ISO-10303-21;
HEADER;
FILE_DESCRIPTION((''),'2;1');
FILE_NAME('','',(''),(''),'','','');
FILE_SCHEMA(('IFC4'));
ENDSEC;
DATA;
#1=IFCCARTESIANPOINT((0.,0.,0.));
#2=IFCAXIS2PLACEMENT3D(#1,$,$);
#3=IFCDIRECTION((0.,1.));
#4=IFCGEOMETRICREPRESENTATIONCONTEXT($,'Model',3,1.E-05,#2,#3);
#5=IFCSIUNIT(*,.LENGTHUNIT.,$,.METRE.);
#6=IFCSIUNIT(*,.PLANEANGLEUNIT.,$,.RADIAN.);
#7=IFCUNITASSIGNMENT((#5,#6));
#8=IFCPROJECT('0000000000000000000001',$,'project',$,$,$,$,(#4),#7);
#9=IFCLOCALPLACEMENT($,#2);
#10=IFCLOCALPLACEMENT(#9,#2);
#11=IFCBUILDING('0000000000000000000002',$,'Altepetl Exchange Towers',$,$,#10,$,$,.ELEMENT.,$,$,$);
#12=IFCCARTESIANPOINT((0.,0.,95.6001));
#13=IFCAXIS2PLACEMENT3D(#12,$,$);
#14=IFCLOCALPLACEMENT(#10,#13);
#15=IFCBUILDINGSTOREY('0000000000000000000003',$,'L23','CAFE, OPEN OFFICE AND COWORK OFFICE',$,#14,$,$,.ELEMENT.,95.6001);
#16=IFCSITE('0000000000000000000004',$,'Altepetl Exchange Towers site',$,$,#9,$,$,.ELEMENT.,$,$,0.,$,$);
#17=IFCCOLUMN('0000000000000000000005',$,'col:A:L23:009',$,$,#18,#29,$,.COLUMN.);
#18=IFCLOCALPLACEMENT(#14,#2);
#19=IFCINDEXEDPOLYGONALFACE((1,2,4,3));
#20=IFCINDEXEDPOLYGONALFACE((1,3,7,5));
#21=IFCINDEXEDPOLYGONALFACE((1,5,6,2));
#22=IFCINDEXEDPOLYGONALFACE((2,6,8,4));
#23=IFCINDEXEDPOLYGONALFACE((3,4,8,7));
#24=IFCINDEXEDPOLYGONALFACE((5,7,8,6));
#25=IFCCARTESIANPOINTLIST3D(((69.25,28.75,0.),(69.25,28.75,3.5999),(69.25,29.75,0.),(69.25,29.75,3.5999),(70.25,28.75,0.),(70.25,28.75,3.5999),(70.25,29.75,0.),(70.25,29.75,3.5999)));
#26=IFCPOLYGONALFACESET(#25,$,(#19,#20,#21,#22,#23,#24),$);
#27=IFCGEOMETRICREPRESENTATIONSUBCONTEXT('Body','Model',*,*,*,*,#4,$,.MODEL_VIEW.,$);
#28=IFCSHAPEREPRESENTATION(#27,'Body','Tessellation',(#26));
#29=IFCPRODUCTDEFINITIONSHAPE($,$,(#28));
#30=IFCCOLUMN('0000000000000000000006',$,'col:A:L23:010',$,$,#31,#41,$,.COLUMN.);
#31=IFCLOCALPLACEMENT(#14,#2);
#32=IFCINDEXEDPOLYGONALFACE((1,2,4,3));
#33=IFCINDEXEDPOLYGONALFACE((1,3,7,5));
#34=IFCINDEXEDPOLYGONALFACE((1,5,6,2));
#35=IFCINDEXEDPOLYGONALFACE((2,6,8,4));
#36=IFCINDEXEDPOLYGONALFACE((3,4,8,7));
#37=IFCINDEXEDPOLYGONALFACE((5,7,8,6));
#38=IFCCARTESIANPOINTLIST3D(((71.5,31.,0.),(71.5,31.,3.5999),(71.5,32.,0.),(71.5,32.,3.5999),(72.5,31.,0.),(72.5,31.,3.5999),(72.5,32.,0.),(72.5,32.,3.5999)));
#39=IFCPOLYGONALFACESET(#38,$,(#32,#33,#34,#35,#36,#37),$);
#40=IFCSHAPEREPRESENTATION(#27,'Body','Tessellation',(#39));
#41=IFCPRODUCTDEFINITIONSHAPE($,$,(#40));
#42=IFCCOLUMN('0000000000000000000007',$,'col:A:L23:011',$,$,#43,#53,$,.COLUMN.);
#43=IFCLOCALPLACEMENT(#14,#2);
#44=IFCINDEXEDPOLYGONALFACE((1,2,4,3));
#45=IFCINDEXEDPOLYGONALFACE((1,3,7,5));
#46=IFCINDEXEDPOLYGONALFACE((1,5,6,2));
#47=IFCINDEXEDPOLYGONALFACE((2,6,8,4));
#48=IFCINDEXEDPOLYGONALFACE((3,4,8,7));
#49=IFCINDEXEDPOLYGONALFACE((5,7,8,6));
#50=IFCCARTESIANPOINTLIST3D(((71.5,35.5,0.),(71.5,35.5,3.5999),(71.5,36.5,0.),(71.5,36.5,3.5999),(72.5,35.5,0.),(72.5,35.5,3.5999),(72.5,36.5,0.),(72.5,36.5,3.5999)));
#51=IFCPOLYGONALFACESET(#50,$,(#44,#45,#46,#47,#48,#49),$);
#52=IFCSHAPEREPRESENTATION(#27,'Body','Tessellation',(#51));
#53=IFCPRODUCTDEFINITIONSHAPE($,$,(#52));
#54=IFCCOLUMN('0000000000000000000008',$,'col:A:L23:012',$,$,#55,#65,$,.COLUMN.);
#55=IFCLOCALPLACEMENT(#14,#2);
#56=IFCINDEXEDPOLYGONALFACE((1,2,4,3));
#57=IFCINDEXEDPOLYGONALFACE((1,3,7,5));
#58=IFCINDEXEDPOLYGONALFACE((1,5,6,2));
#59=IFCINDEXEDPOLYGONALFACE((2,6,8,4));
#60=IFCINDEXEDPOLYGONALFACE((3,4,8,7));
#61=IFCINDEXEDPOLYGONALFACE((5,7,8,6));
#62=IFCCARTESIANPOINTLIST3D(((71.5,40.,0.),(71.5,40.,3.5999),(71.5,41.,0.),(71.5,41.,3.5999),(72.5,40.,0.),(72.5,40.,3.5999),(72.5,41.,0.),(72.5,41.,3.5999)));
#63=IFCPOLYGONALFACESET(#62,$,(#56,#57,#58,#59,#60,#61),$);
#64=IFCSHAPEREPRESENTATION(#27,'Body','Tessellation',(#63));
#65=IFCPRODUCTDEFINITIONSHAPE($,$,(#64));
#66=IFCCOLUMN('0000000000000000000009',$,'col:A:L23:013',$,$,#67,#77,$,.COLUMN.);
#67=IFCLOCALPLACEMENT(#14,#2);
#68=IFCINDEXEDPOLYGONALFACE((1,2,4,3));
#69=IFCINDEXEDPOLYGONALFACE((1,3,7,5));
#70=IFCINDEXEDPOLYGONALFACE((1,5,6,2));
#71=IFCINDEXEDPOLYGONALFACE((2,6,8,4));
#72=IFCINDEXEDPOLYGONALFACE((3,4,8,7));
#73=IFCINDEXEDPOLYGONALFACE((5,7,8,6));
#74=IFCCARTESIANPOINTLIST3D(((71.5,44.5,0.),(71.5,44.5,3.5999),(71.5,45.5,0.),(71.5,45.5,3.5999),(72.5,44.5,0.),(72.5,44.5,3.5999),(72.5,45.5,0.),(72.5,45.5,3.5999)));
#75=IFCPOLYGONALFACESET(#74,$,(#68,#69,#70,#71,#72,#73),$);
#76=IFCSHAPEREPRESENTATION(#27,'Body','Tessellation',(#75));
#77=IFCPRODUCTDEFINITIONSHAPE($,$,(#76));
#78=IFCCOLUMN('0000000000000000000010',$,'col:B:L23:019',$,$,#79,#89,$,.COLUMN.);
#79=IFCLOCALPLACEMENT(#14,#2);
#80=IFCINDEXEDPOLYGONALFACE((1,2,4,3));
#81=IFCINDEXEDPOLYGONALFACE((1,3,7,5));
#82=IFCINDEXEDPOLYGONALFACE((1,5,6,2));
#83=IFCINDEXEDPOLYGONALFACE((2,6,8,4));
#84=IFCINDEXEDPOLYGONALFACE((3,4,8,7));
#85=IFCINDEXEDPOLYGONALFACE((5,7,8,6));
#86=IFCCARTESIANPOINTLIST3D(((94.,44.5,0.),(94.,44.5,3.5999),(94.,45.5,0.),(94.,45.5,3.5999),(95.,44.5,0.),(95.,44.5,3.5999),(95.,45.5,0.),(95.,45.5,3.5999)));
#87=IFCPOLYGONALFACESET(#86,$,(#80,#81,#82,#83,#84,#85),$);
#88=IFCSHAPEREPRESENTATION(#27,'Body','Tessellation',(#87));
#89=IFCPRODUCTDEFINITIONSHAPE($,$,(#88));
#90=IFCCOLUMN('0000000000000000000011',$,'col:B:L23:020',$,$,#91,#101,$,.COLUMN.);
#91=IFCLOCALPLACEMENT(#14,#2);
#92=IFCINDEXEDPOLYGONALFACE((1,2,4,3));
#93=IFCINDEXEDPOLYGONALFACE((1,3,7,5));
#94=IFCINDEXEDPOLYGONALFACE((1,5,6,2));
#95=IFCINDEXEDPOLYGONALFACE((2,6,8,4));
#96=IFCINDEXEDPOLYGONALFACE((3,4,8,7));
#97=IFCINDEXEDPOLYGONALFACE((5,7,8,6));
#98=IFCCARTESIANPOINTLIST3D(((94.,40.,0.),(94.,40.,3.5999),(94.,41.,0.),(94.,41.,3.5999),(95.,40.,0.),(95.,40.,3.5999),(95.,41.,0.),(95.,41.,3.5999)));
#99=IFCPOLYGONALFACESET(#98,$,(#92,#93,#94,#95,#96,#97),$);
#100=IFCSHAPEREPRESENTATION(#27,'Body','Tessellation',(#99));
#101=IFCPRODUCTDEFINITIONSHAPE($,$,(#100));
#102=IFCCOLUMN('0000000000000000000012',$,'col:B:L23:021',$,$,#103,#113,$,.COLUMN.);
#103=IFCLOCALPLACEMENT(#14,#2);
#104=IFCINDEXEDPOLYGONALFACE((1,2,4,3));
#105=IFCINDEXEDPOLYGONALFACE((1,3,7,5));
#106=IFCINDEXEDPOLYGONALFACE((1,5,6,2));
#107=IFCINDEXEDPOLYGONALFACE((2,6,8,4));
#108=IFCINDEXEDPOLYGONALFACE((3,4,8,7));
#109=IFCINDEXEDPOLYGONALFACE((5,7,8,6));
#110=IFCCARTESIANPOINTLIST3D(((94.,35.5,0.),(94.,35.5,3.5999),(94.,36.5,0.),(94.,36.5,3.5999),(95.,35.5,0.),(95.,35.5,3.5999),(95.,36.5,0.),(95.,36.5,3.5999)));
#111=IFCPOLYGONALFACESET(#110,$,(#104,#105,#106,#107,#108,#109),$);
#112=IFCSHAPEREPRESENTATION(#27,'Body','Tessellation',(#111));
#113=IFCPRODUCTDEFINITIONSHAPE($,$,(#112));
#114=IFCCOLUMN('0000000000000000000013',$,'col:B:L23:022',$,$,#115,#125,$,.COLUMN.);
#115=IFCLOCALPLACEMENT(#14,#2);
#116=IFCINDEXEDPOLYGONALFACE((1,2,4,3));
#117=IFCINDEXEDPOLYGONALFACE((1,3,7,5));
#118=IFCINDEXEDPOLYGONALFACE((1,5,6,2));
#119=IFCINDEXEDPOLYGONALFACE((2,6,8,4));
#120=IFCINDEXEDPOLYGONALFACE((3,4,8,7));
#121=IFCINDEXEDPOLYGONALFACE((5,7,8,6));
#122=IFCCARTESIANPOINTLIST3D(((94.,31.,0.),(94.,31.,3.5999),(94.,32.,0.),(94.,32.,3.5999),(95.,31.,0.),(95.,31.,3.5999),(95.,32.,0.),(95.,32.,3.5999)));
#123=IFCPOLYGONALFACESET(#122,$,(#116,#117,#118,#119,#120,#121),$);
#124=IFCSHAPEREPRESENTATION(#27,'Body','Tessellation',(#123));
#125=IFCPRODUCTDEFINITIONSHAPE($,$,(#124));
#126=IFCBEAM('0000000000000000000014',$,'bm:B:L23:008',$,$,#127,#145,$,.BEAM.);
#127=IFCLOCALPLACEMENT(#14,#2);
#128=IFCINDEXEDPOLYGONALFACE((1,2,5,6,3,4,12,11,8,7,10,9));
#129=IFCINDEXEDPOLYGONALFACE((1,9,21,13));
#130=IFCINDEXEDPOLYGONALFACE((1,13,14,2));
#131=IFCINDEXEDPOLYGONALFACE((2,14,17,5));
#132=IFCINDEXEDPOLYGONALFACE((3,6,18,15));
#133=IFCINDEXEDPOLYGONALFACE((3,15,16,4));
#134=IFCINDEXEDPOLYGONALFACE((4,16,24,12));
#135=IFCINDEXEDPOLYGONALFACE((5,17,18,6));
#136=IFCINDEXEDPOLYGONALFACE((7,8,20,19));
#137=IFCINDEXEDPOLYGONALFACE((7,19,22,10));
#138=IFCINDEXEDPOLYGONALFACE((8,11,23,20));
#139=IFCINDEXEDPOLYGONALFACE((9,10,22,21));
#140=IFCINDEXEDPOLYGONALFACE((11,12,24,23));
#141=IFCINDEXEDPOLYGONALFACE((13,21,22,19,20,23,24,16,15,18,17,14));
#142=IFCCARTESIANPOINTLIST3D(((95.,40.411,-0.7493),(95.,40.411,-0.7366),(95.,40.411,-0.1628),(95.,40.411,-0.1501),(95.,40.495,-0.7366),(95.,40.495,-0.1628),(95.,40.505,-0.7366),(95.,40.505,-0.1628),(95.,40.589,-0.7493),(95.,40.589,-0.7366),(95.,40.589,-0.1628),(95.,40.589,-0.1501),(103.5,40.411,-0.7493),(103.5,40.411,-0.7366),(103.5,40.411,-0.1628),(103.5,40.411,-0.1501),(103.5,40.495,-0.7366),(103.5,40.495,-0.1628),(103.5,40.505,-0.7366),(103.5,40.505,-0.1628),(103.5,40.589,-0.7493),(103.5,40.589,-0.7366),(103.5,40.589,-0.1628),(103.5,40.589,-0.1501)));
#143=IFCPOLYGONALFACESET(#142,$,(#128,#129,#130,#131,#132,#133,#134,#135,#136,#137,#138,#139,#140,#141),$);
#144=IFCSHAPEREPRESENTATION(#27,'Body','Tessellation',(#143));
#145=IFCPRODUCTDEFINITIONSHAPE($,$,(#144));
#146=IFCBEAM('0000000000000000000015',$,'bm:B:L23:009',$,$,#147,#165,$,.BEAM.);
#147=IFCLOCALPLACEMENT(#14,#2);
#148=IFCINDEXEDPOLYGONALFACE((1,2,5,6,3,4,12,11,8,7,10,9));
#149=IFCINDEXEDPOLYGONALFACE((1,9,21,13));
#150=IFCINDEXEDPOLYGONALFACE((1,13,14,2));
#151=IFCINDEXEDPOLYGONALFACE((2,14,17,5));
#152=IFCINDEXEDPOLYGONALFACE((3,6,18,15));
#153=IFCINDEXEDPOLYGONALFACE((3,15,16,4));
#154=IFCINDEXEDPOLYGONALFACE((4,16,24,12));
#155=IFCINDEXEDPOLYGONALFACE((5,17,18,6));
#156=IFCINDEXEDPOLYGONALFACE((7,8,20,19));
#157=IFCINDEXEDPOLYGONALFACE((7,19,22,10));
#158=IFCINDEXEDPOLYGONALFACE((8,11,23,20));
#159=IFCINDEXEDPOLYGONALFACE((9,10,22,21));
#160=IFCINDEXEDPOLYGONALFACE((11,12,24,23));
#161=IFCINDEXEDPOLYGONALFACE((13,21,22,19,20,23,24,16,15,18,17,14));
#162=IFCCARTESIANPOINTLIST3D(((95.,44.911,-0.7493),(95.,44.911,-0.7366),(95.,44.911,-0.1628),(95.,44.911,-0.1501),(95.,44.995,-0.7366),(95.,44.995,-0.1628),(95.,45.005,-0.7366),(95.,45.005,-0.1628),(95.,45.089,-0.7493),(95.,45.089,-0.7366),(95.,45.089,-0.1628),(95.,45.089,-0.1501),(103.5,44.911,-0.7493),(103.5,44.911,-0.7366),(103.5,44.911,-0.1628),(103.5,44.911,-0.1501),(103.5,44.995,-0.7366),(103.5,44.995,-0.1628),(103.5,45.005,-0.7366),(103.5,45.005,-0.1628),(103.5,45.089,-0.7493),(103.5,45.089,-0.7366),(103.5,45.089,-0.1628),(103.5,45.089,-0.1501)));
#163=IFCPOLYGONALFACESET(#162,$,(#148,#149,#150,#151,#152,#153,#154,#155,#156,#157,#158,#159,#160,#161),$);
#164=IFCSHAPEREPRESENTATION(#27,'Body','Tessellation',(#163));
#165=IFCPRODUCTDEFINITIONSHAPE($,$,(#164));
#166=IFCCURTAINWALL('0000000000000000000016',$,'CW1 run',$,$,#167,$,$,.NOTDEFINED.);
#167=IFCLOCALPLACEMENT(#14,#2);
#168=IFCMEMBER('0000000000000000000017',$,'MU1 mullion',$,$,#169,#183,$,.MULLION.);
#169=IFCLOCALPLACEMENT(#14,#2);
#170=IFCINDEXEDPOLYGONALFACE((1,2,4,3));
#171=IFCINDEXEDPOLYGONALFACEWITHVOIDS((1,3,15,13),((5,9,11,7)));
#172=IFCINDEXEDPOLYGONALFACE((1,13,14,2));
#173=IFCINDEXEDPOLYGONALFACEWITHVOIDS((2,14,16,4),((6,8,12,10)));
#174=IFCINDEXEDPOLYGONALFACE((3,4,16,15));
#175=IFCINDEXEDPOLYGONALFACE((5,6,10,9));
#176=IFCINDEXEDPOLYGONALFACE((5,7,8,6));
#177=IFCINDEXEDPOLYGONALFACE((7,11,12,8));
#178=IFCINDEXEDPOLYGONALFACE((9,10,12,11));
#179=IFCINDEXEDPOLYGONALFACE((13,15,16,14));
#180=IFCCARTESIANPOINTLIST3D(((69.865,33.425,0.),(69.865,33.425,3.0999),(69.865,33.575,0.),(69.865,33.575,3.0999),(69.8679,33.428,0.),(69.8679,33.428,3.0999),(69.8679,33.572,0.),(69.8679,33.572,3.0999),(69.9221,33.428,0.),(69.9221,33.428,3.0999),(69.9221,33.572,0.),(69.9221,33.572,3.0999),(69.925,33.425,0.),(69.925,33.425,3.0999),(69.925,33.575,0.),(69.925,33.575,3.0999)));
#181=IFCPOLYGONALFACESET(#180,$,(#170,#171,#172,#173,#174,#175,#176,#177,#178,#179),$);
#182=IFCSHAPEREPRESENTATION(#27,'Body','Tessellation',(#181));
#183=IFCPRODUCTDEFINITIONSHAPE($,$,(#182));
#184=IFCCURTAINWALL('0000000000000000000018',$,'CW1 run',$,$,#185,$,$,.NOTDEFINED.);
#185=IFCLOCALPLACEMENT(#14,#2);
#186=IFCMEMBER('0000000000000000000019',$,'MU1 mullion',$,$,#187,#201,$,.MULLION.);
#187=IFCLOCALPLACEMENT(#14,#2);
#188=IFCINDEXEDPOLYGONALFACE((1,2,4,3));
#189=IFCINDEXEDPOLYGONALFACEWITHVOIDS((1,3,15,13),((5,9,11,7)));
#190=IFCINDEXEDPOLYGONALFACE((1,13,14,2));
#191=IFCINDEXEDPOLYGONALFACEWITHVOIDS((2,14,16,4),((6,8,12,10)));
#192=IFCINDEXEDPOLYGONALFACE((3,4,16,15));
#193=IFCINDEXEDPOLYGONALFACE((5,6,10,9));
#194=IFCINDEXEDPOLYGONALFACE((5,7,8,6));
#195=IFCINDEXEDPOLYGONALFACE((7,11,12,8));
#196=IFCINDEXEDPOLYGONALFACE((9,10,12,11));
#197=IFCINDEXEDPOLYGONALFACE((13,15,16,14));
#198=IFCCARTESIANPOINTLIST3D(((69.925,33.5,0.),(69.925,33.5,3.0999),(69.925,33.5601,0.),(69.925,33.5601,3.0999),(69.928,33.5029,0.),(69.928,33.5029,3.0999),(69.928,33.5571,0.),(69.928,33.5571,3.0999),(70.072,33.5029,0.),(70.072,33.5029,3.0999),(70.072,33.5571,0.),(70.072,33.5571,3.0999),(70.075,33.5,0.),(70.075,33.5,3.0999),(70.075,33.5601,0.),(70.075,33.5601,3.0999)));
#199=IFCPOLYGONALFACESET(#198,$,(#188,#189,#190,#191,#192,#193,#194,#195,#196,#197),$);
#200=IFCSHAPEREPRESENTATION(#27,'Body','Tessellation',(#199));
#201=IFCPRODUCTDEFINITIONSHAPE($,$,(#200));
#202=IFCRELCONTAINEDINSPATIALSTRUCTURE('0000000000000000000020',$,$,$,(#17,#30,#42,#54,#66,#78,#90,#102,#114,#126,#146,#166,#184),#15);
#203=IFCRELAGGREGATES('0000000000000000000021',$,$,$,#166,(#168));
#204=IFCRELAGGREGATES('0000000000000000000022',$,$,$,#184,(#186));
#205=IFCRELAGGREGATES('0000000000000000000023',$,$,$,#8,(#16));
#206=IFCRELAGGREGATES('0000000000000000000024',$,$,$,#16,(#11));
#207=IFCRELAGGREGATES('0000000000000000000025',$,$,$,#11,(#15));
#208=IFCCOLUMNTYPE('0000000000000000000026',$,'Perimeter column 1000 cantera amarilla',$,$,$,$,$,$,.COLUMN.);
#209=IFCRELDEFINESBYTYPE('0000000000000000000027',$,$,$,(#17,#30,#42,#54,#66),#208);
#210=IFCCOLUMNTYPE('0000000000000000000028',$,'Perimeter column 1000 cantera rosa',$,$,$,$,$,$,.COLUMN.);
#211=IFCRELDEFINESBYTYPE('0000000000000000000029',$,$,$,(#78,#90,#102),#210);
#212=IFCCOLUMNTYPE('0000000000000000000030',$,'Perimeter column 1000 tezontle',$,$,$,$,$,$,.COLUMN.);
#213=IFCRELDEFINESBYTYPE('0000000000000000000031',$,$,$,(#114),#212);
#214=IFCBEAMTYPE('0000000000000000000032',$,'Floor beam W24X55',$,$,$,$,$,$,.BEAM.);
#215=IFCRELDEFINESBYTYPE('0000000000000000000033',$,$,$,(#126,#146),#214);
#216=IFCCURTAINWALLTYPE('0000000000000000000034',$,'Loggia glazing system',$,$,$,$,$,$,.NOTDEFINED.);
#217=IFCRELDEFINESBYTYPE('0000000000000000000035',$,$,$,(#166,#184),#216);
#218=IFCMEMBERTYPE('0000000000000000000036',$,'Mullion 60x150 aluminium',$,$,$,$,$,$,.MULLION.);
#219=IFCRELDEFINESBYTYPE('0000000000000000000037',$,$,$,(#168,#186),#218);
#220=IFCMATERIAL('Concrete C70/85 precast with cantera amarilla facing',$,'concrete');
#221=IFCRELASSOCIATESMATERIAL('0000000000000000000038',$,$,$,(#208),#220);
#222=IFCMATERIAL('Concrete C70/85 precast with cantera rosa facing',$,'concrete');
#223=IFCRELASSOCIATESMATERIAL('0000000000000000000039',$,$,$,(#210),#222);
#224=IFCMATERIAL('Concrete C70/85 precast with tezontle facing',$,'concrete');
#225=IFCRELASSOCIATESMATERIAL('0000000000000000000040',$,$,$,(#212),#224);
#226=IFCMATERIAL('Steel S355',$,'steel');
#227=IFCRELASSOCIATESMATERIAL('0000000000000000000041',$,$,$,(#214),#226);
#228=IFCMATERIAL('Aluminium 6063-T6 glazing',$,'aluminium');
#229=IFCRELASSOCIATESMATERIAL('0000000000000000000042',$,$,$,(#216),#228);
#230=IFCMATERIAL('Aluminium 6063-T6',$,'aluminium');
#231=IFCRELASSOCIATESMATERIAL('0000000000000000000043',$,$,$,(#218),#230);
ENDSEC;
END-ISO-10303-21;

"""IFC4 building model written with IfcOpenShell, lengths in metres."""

from ifc_helpers import new_model, si_unit, direction, frame, origin, origin_2d, place, context, subcontext, project, spatial, rectangle, hollow_rectangle, i_section, extrude, material, material_profile, profile_set, type_object, element, aggregate, save


model = new_model("IFC4")

# Units and contexts
model_context = context("Model", 3, precision=1e-05, world=origin(), true_north=direction((0.0, 1.0)))
body_context = subcontext(model_context, "Body", "Model", "MODEL_VIEW")
ifc_project = project(units=[si_unit("LENGTHUNIT", "METRE"), si_unit("PLANEANGLEUNIT", "RADIAN")], contexts=[model_context])

# Site, building, storey
site_placement = place(None, origin())
site = spatial("IfcSite", under=ifc_project, at=site_placement, Name="Altepetl Exchange Towers site", CompositionType="ELEMENT", RefElevation=0.0)
building_placement = place(site_placement, origin())
building = spatial("IfcBuilding", under=site, at=building_placement, Name="Altepetl Exchange Towers", CompositionType="ELEMENT")
storey_placement = place(building_placement, frame((0.0, 0.0, 95.6001)))
storey = spatial("IfcBuildingStorey", under=building, at=storey_placement, Name="L23", Description="CAFE, OPEN OFFICE AND COWORK OFFICE", CompositionType="ELEMENT", Elevation=95.6001)

# Columns
ifc_material_1 = material(Name="Concrete C70/85 precast with cantera amarilla facing", Category="concrete")
ifc_material_profile_1 = material_profile(ifc_material_1, rectangle(XDim=1.0, YDim=1.0, at=origin_2d()), Name="1000 x 1000")
ifc_profile_set_1 = profile_set([ifc_material_profile_1], Name="Concrete C70/85 precast with cantera amarilla facing")
column_type_1 = type_object("IfcColumnType", Name="Perimeter column 1000 cantera amarilla", PredefinedType="COLUMN", material=ifc_profile_set_1)
for number, where, name in (
    (1, (69.75, 29.25, 0.0), "col:A:L23:009"),
    (2, (72.0, 31.5, 0.0), "col:A:L23:010"),
    (3, (72.0, 36.0, 0.0), "col:A:L23:011"),
    (4, (72.0, 40.5, 0.0), "col:A:L23:012"),
    (5, (72.0, 45.0, 0.0), "col:A:L23:013"),
):
    element("IfcColumn", number, at=place(storey_placement, frame(where)), inside=storey, type_object=column_type_1, Name=name, PredefinedType="COLUMN", context=body_context, shape_type="SweptSolid", body=[
        extrude(rectangle(XDim=1.0, YDim=1.0, at=origin_2d()), origin(), (0.0, 0.0, 1.0), 3.5999),
    ])
ifc_material_2 = material(Name="Concrete C70/85 precast with cantera rosa facing", Category="concrete")
ifc_material_profile_2 = material_profile(ifc_material_2, rectangle(XDim=1.0, YDim=1.0, at=origin_2d()), Name="1000 x 1000")
ifc_profile_set_2 = profile_set([ifc_material_profile_2], Name="Concrete C70/85 precast with cantera rosa facing")
column_type_2 = type_object("IfcColumnType", Name="Perimeter column 1000 cantera rosa", PredefinedType="COLUMN", material=ifc_profile_set_2)
for number, where, name in (
    (6, (94.5, 45.0, 0.0), "col:B:L23:019"),
    (7, (94.5, 40.5, 0.0), "col:B:L23:020"),
    (8, (94.5, 36.0, 0.0), "col:B:L23:021"),
):
    element("IfcColumn", number, at=place(storey_placement, frame(where)), inside=storey, type_object=column_type_2, Name=name, PredefinedType="COLUMN", context=body_context, shape_type="SweptSolid", body=[
        extrude(rectangle(XDim=1.0, YDim=1.0, at=origin_2d()), origin(), (0.0, 0.0, 1.0), 3.5999),
    ])
ifc_material_3 = material(Name="Concrete C70/85 precast with tezontle facing", Category="concrete")
ifc_material_profile_3 = material_profile(ifc_material_3, rectangle(XDim=1.0, YDim=1.0, at=origin_2d()), Name="1000 x 1000")
ifc_profile_set_3 = profile_set([ifc_material_profile_3], Name="Concrete C70/85 precast with tezontle facing")
column_type_3 = type_object("IfcColumnType", Name="Perimeter column 1000 tezontle", PredefinedType="COLUMN", material=ifc_profile_set_3)
column_placement = place(storey_placement, frame((94.5, 31.5, 0.0)))
element("IfcColumn", 9, at=column_placement, inside=storey, type_object=column_type_3, Name="col:B:L23:022", PredefinedType="COLUMN", context=body_context, shape_type="SweptSolid", body=[
    extrude(rectangle(XDim=1.0, YDim=1.0, at=origin_2d()), origin(), (0.0, 0.0, 1.0), 3.5999),
])

# Beams
ifc_material_4 = material(Name="Steel S355", Category="steel")
ifc_material_profile_4 = material_profile(ifc_material_4, i_section(OverallWidth=0.178, OverallDepth=0.5991, WebThickness=0.01, FlangeThickness=0.0127, at=origin_2d()), Name="W24X55")
ifc_profile_set_4 = profile_set([ifc_material_profile_4], Name="Steel S355")
beam_type_1 = type_object("IfcBeamType", Name="Floor beam W24X55", PredefinedType="BEAM", material=ifc_profile_set_4)
for number, where, z_axis, x_axis, name in (
    (10, (95.0, 40.5, -0.4497), (1.0, 0.0, 0.0), (0.0, 1.0, 0.0), "bm:B:L23:008"),
    (11, (95.0, 45.0, -0.4497), (1.0, 0.0, 0.0), (0.0, 1.0, 0.0), "bm:B:L23:009"),
):
    element("IfcBeam", number, at=place(storey_placement, frame(where, z_axis=z_axis, x_axis=x_axis)), inside=storey, type_object=beam_type_1, Name=name, PredefinedType="BEAM", context=body_context, shape_type="SweptSolid", body=[
        extrude(i_section(OverallWidth=0.178, OverallDepth=0.5991, WebThickness=0.01, FlangeThickness=0.0127, at=origin_2d()), origin(), (0.0, 0.0, 1.0), 8.5),
    ])

# Curtain wall, member
ifc_material_5 = material(Name="Aluminium 6063-T6 glazing", Category="aluminium")
curtain_wall_type = type_object("IfcCurtainWallType", Name="Loggia glazing system", PredefinedType="NOTDEFINED", material=ifc_material_5)
curtain_wall_1_placement = place(storey_placement, origin())
curtain_wall_1 = element("IfcCurtainWall", 12, at=curtain_wall_1_placement, inside=storey, type_object=curtain_wall_type, Name="CW1 run", PredefinedType="NOTDEFINED")
ifc_material_6 = material(Name="Aluminium 6063-T6", Category="aluminium")
ifc_material_profile_5 = material_profile(ifc_material_6, hollow_rectangle(XDim=0.0601, YDim=0.1499, WallThickness=0.0029, at=origin_2d()), Name="Mullion 60x150 aluminium")
ifc_profile_set_5 = profile_set([ifc_material_profile_5], Name="Aluminium 6063-T6")
member_type = type_object("IfcMemberType", Name="Mullion 60x150 aluminium", PredefinedType="MULLION", material=ifc_profile_set_5)
member_1_placement = place(storey_placement, frame((69.895, 33.5, 0.0)))
member_1 = element("IfcMember", 13, at=member_1_placement, type_object=member_type, Name="MU1 mullion", PredefinedType="MULLION", context=body_context, shape_type="SweptSolid", body=[
    extrude(hollow_rectangle(XDim=0.0601, YDim=0.1499, WallThickness=0.0029, at=origin_2d()), origin(), (0.0, 0.0, 1.0), 3.0999),
])

# Curtain wall, member
curtain_wall_2_placement = place(storey_placement, origin())
curtain_wall_2 = element("IfcCurtainWall", 14, at=curtain_wall_2_placement, inside=storey, type_object=curtain_wall_type, Name="CW1 run", PredefinedType="NOTDEFINED")
member_2_placement = place(storey_placement, frame((70.0, 33.53, 0.0), z_axis=(0.0, 0.0, 1.0), x_axis=(0.0, 1.0, 0.0)))
member_2 = element("IfcMember", 15, at=member_2_placement, type_object=member_type, Name="MU1 mullion", PredefinedType="MULLION", context=body_context, shape_type="SweptSolid", body=[
    extrude(hollow_rectangle(XDim=0.0601, YDim=0.1499, WallThickness=0.0029, at=origin_2d()), origin(), (0.0, 0.0, 1.0), 3.0999),
])

aggregate(curtain_wall_1, [member_1])
aggregate(curtain_wall_2, [member_2])

save(model, "model.ifc")
